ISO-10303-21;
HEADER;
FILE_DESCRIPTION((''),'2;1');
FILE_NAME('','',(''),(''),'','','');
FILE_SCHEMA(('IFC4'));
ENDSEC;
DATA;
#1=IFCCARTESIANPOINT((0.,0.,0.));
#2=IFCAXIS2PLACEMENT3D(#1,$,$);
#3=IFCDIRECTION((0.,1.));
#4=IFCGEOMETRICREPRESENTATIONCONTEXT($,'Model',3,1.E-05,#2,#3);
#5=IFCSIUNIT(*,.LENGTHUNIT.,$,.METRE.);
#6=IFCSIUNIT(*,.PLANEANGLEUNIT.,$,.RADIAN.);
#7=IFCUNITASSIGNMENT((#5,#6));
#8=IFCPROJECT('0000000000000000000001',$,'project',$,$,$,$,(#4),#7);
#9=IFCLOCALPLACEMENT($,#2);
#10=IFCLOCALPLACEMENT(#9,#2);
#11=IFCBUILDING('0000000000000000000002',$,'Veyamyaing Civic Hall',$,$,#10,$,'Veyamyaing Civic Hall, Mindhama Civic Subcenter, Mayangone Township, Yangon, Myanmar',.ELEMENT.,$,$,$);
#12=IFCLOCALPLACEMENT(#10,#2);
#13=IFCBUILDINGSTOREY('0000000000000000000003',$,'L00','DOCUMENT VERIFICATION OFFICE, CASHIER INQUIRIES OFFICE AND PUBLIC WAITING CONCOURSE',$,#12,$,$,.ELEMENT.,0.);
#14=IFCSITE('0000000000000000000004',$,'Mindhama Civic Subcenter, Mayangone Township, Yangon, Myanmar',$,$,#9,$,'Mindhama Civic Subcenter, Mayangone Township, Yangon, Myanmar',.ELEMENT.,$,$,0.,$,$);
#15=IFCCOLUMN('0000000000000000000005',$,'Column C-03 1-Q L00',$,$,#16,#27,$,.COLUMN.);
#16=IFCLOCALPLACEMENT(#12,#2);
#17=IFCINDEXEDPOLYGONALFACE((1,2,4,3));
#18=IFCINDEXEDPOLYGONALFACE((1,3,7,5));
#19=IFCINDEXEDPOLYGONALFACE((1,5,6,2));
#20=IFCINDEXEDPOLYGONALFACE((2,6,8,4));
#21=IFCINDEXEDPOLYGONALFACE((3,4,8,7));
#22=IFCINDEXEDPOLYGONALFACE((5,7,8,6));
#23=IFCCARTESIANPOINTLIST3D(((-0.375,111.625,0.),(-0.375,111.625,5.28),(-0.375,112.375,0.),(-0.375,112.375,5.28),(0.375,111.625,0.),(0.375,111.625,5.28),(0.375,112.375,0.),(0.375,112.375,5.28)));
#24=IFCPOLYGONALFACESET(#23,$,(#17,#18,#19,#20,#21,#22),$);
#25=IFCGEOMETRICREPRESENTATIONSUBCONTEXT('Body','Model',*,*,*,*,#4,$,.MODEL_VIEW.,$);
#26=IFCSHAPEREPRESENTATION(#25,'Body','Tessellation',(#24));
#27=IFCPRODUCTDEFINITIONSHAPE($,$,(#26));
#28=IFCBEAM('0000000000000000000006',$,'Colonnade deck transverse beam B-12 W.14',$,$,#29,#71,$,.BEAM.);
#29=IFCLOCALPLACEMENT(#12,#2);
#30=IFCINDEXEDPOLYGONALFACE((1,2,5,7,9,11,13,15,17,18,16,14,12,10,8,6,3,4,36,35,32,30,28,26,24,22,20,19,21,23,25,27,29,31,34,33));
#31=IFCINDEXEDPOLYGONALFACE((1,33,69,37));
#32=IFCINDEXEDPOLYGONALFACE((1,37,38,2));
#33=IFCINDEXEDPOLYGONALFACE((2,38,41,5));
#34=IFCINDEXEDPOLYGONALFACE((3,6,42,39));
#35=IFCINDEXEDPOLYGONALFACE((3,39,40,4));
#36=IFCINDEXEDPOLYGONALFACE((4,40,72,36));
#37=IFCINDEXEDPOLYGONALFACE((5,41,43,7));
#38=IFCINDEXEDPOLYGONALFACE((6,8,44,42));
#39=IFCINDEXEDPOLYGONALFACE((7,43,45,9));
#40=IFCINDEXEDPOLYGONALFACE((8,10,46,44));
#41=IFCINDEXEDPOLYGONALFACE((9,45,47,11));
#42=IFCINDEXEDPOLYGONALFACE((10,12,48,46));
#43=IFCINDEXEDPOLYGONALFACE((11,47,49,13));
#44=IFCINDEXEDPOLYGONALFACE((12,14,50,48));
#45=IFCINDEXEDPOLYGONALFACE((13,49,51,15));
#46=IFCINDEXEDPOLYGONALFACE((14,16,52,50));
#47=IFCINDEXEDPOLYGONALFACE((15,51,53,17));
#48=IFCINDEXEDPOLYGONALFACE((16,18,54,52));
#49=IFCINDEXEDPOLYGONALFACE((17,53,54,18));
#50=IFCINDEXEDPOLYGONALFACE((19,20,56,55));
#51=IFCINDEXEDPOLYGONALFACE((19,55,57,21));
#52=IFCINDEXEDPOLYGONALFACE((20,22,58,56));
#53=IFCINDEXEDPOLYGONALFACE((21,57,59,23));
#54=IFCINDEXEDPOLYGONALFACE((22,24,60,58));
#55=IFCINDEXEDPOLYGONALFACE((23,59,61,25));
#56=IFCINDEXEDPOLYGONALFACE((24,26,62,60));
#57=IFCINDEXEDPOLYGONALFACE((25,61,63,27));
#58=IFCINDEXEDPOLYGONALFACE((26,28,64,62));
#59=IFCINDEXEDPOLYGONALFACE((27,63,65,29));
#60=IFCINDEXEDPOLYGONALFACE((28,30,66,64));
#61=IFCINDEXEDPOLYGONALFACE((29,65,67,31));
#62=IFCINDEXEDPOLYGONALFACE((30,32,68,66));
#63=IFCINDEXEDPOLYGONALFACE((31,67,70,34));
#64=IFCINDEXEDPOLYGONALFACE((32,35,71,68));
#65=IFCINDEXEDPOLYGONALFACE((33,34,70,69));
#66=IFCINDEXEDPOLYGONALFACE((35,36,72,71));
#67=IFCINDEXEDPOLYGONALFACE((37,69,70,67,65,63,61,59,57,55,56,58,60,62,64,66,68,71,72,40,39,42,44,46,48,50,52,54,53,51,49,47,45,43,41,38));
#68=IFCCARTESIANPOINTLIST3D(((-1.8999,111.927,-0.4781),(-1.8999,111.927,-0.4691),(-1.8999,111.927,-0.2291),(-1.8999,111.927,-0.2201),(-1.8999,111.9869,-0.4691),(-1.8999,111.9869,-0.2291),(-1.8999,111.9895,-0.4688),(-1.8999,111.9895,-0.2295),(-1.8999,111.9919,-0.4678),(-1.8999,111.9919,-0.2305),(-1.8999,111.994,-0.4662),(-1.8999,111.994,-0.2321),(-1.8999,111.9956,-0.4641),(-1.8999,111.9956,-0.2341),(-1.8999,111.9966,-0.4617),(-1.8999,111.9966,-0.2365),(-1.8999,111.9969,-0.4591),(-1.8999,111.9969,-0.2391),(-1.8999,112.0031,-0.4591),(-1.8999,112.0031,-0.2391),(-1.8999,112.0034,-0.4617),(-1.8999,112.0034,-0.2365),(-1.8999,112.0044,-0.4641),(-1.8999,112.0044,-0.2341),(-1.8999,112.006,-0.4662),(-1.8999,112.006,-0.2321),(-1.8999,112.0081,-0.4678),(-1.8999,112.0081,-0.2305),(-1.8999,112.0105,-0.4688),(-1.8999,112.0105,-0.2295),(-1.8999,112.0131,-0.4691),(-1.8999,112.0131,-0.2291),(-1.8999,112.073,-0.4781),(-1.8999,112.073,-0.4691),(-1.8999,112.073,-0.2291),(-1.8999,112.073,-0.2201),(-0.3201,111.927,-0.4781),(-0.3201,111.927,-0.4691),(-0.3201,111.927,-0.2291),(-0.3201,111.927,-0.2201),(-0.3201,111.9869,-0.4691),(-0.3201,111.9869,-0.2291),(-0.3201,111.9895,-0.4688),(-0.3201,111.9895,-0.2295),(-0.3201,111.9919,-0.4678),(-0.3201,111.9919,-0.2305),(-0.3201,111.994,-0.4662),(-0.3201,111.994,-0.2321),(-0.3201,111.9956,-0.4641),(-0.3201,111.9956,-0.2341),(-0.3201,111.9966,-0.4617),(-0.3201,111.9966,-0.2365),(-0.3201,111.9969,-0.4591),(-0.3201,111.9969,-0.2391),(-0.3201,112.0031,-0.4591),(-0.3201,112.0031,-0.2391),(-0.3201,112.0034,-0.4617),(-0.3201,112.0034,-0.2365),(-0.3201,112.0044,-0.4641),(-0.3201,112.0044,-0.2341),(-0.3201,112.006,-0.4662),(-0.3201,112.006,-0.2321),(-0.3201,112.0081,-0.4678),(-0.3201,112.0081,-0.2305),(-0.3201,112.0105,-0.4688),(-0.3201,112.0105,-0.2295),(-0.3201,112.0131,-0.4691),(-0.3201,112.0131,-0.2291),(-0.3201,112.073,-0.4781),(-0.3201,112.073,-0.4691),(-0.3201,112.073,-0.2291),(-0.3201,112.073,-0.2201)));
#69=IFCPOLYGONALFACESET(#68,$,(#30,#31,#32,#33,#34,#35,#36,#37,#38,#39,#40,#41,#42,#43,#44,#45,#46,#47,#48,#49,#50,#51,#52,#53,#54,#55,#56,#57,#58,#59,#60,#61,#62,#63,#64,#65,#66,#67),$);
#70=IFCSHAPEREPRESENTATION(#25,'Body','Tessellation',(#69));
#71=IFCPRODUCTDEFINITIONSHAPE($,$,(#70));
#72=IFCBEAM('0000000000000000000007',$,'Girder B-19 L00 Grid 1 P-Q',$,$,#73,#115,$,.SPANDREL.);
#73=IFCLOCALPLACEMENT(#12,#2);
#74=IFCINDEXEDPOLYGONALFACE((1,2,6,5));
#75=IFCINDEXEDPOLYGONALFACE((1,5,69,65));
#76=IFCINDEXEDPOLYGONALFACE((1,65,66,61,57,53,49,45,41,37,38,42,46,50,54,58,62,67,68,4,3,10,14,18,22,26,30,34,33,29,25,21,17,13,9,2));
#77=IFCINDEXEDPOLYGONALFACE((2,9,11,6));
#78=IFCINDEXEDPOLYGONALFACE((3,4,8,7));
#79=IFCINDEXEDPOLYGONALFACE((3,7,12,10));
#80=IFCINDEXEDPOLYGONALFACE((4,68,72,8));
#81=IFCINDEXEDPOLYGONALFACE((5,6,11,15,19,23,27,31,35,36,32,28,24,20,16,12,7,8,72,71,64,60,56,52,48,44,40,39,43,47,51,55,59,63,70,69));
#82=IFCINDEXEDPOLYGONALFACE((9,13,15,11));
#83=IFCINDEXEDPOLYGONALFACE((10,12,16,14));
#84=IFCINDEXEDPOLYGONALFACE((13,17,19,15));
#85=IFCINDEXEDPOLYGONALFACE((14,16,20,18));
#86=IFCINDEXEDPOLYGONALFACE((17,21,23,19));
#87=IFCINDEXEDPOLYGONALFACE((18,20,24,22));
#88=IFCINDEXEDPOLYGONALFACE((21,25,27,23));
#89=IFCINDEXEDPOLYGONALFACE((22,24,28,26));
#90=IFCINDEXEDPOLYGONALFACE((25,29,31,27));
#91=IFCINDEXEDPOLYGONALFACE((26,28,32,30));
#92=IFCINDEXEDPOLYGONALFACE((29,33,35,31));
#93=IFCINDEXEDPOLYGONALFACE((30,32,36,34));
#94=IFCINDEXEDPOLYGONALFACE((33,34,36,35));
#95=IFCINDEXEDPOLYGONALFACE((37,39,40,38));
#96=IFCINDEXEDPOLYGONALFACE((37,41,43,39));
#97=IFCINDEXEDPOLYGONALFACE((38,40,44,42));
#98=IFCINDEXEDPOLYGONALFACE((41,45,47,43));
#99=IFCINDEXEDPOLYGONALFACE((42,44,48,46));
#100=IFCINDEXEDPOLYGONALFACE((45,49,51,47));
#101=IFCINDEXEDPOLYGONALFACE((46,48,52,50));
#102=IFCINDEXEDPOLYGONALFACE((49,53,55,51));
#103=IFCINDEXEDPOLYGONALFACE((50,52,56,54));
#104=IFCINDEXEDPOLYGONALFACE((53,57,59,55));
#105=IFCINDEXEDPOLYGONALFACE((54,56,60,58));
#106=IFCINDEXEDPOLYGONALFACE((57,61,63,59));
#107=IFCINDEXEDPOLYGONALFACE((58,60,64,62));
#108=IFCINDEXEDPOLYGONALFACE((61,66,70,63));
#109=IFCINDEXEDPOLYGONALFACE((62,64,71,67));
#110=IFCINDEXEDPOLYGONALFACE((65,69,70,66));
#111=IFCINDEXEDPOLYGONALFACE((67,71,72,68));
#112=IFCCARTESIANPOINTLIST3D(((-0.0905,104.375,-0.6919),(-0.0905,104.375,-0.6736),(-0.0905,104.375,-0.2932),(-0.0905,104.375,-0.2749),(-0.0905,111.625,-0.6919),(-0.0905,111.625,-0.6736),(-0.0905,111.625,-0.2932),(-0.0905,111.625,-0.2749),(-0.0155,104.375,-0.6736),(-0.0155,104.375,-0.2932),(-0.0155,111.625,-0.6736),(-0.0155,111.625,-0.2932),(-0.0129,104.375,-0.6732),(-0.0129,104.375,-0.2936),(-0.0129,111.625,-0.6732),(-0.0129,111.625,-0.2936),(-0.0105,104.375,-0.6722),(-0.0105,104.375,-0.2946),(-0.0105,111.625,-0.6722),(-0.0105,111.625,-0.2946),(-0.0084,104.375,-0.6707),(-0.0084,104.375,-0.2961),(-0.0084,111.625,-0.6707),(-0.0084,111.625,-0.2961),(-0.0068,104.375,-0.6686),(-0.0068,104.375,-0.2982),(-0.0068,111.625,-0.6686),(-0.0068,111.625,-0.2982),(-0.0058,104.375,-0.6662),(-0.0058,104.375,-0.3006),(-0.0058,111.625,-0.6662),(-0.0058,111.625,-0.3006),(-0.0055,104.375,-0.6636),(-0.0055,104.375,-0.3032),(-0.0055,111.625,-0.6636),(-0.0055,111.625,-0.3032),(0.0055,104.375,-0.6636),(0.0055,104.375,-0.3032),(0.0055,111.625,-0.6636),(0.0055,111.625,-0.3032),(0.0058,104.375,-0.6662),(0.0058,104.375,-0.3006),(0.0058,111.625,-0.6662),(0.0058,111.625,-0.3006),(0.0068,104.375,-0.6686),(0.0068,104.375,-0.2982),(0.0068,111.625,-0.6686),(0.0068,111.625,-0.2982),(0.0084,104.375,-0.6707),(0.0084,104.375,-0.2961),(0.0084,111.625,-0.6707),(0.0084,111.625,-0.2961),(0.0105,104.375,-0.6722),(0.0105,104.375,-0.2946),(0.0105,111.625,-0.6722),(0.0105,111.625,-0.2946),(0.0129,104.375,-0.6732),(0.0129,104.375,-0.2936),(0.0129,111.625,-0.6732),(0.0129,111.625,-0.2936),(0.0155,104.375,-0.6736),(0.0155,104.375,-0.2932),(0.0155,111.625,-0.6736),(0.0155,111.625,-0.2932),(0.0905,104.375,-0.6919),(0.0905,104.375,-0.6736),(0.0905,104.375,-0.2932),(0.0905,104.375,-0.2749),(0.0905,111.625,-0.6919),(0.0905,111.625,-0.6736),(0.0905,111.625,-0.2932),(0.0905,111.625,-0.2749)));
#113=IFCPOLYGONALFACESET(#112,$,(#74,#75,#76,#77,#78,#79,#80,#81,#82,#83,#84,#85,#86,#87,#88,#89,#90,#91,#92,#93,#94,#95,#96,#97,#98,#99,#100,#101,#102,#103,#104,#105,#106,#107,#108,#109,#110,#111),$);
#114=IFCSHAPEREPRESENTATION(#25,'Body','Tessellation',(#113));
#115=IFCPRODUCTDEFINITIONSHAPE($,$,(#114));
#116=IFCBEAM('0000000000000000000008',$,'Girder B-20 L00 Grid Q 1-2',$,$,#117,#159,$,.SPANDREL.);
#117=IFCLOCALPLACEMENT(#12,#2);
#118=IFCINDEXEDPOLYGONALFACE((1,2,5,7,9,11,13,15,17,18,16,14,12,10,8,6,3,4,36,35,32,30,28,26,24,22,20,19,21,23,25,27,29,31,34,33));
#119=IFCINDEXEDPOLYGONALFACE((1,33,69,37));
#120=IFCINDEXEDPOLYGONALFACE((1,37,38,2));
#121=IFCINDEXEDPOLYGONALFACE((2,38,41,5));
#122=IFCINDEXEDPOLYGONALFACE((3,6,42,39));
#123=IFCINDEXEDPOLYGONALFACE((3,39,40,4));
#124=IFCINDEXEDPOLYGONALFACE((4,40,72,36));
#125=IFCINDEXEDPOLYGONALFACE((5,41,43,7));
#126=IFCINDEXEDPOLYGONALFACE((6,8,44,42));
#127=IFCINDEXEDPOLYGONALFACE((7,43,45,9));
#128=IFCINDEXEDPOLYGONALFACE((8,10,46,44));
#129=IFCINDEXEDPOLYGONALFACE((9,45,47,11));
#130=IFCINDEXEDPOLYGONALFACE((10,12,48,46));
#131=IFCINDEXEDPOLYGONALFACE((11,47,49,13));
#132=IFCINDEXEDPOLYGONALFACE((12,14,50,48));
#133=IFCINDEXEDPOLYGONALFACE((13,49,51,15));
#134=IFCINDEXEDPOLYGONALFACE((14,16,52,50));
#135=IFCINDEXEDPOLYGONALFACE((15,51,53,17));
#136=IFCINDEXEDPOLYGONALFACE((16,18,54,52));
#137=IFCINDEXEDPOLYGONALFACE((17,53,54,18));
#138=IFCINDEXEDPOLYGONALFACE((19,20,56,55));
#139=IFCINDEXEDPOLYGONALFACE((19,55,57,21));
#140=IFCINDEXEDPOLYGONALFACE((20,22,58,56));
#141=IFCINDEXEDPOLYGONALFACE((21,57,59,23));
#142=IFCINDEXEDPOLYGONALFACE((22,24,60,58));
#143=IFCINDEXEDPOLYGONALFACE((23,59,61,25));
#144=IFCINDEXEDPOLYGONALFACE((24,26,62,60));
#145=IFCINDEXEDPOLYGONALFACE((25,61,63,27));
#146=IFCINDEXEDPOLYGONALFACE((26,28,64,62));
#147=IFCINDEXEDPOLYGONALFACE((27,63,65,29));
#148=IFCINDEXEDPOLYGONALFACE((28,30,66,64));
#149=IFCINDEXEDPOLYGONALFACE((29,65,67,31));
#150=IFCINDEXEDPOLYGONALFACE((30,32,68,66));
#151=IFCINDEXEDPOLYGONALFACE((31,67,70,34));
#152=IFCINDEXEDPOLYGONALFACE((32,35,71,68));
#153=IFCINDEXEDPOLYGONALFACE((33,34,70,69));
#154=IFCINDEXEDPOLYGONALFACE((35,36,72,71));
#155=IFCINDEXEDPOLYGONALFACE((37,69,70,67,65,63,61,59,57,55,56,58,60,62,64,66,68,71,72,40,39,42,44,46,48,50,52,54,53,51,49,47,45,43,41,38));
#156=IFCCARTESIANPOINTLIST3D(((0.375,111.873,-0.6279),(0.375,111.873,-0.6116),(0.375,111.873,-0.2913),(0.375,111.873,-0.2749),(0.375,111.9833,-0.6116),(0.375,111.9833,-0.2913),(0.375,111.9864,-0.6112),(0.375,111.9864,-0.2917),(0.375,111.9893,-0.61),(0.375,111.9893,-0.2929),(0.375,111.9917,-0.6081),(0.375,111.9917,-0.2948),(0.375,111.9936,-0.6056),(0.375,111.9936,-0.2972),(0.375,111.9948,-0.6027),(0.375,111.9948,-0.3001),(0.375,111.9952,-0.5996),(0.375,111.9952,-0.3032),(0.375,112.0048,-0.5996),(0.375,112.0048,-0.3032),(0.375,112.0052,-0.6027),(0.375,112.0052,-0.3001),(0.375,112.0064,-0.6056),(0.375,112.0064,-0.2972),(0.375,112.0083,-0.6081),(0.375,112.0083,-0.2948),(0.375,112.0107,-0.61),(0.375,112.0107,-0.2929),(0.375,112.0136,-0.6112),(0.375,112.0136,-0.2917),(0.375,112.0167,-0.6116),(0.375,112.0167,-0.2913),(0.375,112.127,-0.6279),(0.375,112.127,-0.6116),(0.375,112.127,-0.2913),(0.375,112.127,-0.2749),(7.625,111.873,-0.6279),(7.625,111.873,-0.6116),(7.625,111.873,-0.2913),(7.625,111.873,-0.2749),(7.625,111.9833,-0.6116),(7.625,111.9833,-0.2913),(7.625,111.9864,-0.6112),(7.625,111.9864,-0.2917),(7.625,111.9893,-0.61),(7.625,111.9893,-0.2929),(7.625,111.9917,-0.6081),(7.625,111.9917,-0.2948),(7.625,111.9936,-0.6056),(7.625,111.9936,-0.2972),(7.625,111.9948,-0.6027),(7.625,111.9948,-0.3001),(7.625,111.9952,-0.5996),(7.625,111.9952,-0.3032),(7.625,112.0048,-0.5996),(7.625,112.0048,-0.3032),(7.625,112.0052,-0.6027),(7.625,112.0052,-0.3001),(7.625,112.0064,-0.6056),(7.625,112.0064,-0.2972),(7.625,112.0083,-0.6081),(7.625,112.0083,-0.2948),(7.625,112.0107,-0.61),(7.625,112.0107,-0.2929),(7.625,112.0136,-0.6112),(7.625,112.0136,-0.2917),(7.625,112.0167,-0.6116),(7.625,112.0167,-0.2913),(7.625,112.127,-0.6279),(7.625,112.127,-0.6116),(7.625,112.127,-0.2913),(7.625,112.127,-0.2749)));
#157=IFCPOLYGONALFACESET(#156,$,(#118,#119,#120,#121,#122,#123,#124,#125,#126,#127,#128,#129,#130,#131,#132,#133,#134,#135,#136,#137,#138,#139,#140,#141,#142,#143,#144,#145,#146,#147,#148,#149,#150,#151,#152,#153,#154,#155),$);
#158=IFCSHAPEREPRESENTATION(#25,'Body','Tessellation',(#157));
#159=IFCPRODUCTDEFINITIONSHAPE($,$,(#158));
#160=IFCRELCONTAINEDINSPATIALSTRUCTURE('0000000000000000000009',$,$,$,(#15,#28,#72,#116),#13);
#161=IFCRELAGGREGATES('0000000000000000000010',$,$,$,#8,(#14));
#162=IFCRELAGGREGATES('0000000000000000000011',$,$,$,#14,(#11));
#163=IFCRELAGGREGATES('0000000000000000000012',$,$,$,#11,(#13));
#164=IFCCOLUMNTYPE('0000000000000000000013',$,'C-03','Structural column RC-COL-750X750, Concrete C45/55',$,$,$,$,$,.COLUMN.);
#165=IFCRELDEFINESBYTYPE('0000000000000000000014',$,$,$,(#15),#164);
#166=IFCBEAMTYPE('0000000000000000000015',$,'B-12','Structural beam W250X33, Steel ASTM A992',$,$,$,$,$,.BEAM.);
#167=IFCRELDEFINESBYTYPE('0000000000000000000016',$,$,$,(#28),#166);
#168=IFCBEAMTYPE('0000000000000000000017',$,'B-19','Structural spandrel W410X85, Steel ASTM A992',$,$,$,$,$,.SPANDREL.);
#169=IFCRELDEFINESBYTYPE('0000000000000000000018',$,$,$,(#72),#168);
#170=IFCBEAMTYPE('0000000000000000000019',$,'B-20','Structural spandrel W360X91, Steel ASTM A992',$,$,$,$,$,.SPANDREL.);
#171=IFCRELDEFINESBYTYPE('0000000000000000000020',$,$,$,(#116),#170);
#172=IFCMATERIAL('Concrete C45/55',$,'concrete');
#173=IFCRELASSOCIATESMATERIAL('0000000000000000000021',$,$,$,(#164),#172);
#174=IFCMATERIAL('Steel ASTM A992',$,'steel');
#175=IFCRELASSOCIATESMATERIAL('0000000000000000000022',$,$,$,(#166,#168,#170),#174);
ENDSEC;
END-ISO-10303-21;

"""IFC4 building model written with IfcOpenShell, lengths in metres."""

from ifc_helpers import new_model, si_unit, direction, frame, origin, origin_2d, place, context, subcontext, project, spatial, rectangle, i_section, extrude, material, material_profile, profile_set, type_object, element, save


model = new_model("IFC4")

# Units and contexts
model_context = context("Model", 3, precision=1e-05, world=origin(), true_north=direction((0.0, 1.0)))
body_context = subcontext(model_context, "Body", "Model", "MODEL_VIEW")
ifc_project = project(units=[si_unit("LENGTHUNIT", "METRE"), si_unit("PLANEANGLEUNIT", "RADIAN")], contexts=[model_context])

# Site, building, storey
site_placement = place(None, origin())
site = spatial("IfcSite", under=ifc_project, at=site_placement, Name="Mindhama Civic Subcenter, Mayangone Township, Yangon, Myanmar", LongName="Mindhama Civic Subcenter, Mayangone Township, Yangon, Myanmar", CompositionType="ELEMENT", RefElevation=0.0)
building_placement = place(site_placement, origin())
building = spatial("IfcBuilding", under=site, at=building_placement, Name="Veyamyaing Civic Hall", LongName="Veyamyaing Civic Hall, Mindhama Civic Subcenter, Mayangone Township, Yangon, Myanmar", CompositionType="ELEMENT")
storey_placement = place(building_placement, origin())
storey = spatial("IfcBuildingStorey", under=building, at=storey_placement, Name="L00", Description="DOCUMENT VERIFICATION OFFICE, CASHIER INQUIRIES OFFICE AND PUBLIC WAITING CONCOURSE", CompositionType="ELEMENT", Elevation=0.0)

# Column
ifc_material_1 = material(Name="Concrete C45/55", Category="concrete")
ifc_material_profile_1 = material_profile(ifc_material_1, rectangle(XDim=0.75, YDim=0.75, at=origin_2d()), Name="RC-COL-750X750")
ifc_profile_set_1 = profile_set([ifc_material_profile_1], Name="Concrete C45/55")
column_type = type_object("IfcColumnType", Name="C-03", Description="Structural column RC-COL-750X750, Concrete C45/55", PredefinedType="COLUMN", material=ifc_profile_set_1)
column_placement = place(storey_placement, frame((0.0, 112.0, 0.0), z_axis=(0.0, 0.0, 1.0), x_axis=(1.0, 0.0, 0.0)))
element("IfcColumn", 1, at=column_placement, inside=storey, type_object=column_type, Name="Column C-03 1-Q L00", PredefinedType="COLUMN", context=body_context, shape_type="SweptSolid", body=[
    extrude(rectangle(XDim=0.75, YDim=0.75, at=origin_2d()), origin(), (0.0, 0.0, 1.0), 5.28),
])

# Beams
ifc_material_2 = material(Name="Steel ASTM A992", Category="steel")
ifc_material_profile_2 = material_profile(ifc_material_2, i_section(OverallWidth=0.146, OverallDepth=0.2581, WebThickness=0.0061, FlangeThickness=0.009, FilletRadius=0.01, at=origin_2d()), Name="W250X33")
ifc_profile_set_2 = profile_set([ifc_material_profile_2], Name="Steel ASTM A992")
beam_type_1 = type_object("IfcBeamType", Name="B-12", Description="Structural beam W250X33, Steel ASTM A992", PredefinedType="BEAM", material=ifc_profile_set_2)
beam_1_placement = place(storey_placement, frame((-1.8999, 112.0, -0.3491), z_axis=(1.0, 0.0, 0.0), x_axis=(0.0, 1.0, 0.0)))
element("IfcBeam", 2, at=beam_1_placement, inside=storey, type_object=beam_type_1, Name="Colonnade deck transverse beam B-12 W.14", PredefinedType="BEAM", context=body_context, shape_type="SweptSolid", body=[
    extrude(i_section(OverallWidth=0.146, OverallDepth=0.2581, WebThickness=0.0061, FlangeThickness=0.009, FilletRadius=0.01, at=origin_2d()), origin(), (0.0, 0.0, 1.0), 1.5798),
])
ifc_material_profile_3 = material_profile(ifc_material_2, i_section(OverallWidth=0.1809, OverallDepth=0.417, WebThickness=0.011, FlangeThickness=0.0183, FilletRadius=0.01, at=origin_2d()), Name="W410X85")
ifc_profile_set_3 = profile_set([ifc_material_profile_3], Name="Steel ASTM A992")
beam_type_2 = type_object("IfcBeamType", Name="B-19", Description="Structural spandrel W410X85, Steel ASTM A992", PredefinedType="SPANDREL", material=ifc_profile_set_3)
beam_2_placement = place(storey_placement, frame((0.0, 104.375, -0.4834), z_axis=(0.0, 1.0, 0.0), x_axis=(-1.0, 0.0, 0.0)))
element("IfcBeam", 3, at=beam_2_placement, inside=storey, type_object=beam_type_2, Name="Girder B-19 L00 Grid 1 P-Q", PredefinedType="SPANDREL", context=body_context, shape_type="SweptSolid", body=[
    extrude(i_section(OverallWidth=0.1809, OverallDepth=0.417, WebThickness=0.011, FlangeThickness=0.0183, FilletRadius=0.01, at=origin_2d()), origin(), (0.0, 0.0, 1.0), 7.25),
])
ifc_material_profile_4 = material_profile(ifc_material_2, i_section(OverallWidth=0.2539, OverallDepth=0.353, WebThickness=0.0095, FlangeThickness=0.0164, FilletRadius=0.012, at=origin_2d()), Name="W360X91")
ifc_profile_set_4 = profile_set([ifc_material_profile_4], Name="Steel ASTM A992")
beam_type_3 = type_object("IfcBeamType", Name="B-20", Description="Structural spandrel W360X91, Steel ASTM A992", PredefinedType="SPANDREL", material=ifc_profile_set_4)
beam_3_placement = place(storey_placement, frame((0.375, 112.0, -0.4514), z_axis=(1.0, 0.0, 0.0), x_axis=(0.0, 1.0, 0.0)))
element("IfcBeam", 4, at=beam_3_placement, inside=storey, type_object=beam_type_3, Name="Girder B-20 L00 Grid Q 1-2", PredefinedType="SPANDREL", context=body_context, shape_type="SweptSolid", body=[
    extrude(i_section(OverallWidth=0.2539, OverallDepth=0.353, WebThickness=0.0095, FlangeThickness=0.0164, FilletRadius=0.012, at=origin_2d()), origin(), (0.0, 0.0, 1.0), 7.25),
])

save(model, "model.ifc")
